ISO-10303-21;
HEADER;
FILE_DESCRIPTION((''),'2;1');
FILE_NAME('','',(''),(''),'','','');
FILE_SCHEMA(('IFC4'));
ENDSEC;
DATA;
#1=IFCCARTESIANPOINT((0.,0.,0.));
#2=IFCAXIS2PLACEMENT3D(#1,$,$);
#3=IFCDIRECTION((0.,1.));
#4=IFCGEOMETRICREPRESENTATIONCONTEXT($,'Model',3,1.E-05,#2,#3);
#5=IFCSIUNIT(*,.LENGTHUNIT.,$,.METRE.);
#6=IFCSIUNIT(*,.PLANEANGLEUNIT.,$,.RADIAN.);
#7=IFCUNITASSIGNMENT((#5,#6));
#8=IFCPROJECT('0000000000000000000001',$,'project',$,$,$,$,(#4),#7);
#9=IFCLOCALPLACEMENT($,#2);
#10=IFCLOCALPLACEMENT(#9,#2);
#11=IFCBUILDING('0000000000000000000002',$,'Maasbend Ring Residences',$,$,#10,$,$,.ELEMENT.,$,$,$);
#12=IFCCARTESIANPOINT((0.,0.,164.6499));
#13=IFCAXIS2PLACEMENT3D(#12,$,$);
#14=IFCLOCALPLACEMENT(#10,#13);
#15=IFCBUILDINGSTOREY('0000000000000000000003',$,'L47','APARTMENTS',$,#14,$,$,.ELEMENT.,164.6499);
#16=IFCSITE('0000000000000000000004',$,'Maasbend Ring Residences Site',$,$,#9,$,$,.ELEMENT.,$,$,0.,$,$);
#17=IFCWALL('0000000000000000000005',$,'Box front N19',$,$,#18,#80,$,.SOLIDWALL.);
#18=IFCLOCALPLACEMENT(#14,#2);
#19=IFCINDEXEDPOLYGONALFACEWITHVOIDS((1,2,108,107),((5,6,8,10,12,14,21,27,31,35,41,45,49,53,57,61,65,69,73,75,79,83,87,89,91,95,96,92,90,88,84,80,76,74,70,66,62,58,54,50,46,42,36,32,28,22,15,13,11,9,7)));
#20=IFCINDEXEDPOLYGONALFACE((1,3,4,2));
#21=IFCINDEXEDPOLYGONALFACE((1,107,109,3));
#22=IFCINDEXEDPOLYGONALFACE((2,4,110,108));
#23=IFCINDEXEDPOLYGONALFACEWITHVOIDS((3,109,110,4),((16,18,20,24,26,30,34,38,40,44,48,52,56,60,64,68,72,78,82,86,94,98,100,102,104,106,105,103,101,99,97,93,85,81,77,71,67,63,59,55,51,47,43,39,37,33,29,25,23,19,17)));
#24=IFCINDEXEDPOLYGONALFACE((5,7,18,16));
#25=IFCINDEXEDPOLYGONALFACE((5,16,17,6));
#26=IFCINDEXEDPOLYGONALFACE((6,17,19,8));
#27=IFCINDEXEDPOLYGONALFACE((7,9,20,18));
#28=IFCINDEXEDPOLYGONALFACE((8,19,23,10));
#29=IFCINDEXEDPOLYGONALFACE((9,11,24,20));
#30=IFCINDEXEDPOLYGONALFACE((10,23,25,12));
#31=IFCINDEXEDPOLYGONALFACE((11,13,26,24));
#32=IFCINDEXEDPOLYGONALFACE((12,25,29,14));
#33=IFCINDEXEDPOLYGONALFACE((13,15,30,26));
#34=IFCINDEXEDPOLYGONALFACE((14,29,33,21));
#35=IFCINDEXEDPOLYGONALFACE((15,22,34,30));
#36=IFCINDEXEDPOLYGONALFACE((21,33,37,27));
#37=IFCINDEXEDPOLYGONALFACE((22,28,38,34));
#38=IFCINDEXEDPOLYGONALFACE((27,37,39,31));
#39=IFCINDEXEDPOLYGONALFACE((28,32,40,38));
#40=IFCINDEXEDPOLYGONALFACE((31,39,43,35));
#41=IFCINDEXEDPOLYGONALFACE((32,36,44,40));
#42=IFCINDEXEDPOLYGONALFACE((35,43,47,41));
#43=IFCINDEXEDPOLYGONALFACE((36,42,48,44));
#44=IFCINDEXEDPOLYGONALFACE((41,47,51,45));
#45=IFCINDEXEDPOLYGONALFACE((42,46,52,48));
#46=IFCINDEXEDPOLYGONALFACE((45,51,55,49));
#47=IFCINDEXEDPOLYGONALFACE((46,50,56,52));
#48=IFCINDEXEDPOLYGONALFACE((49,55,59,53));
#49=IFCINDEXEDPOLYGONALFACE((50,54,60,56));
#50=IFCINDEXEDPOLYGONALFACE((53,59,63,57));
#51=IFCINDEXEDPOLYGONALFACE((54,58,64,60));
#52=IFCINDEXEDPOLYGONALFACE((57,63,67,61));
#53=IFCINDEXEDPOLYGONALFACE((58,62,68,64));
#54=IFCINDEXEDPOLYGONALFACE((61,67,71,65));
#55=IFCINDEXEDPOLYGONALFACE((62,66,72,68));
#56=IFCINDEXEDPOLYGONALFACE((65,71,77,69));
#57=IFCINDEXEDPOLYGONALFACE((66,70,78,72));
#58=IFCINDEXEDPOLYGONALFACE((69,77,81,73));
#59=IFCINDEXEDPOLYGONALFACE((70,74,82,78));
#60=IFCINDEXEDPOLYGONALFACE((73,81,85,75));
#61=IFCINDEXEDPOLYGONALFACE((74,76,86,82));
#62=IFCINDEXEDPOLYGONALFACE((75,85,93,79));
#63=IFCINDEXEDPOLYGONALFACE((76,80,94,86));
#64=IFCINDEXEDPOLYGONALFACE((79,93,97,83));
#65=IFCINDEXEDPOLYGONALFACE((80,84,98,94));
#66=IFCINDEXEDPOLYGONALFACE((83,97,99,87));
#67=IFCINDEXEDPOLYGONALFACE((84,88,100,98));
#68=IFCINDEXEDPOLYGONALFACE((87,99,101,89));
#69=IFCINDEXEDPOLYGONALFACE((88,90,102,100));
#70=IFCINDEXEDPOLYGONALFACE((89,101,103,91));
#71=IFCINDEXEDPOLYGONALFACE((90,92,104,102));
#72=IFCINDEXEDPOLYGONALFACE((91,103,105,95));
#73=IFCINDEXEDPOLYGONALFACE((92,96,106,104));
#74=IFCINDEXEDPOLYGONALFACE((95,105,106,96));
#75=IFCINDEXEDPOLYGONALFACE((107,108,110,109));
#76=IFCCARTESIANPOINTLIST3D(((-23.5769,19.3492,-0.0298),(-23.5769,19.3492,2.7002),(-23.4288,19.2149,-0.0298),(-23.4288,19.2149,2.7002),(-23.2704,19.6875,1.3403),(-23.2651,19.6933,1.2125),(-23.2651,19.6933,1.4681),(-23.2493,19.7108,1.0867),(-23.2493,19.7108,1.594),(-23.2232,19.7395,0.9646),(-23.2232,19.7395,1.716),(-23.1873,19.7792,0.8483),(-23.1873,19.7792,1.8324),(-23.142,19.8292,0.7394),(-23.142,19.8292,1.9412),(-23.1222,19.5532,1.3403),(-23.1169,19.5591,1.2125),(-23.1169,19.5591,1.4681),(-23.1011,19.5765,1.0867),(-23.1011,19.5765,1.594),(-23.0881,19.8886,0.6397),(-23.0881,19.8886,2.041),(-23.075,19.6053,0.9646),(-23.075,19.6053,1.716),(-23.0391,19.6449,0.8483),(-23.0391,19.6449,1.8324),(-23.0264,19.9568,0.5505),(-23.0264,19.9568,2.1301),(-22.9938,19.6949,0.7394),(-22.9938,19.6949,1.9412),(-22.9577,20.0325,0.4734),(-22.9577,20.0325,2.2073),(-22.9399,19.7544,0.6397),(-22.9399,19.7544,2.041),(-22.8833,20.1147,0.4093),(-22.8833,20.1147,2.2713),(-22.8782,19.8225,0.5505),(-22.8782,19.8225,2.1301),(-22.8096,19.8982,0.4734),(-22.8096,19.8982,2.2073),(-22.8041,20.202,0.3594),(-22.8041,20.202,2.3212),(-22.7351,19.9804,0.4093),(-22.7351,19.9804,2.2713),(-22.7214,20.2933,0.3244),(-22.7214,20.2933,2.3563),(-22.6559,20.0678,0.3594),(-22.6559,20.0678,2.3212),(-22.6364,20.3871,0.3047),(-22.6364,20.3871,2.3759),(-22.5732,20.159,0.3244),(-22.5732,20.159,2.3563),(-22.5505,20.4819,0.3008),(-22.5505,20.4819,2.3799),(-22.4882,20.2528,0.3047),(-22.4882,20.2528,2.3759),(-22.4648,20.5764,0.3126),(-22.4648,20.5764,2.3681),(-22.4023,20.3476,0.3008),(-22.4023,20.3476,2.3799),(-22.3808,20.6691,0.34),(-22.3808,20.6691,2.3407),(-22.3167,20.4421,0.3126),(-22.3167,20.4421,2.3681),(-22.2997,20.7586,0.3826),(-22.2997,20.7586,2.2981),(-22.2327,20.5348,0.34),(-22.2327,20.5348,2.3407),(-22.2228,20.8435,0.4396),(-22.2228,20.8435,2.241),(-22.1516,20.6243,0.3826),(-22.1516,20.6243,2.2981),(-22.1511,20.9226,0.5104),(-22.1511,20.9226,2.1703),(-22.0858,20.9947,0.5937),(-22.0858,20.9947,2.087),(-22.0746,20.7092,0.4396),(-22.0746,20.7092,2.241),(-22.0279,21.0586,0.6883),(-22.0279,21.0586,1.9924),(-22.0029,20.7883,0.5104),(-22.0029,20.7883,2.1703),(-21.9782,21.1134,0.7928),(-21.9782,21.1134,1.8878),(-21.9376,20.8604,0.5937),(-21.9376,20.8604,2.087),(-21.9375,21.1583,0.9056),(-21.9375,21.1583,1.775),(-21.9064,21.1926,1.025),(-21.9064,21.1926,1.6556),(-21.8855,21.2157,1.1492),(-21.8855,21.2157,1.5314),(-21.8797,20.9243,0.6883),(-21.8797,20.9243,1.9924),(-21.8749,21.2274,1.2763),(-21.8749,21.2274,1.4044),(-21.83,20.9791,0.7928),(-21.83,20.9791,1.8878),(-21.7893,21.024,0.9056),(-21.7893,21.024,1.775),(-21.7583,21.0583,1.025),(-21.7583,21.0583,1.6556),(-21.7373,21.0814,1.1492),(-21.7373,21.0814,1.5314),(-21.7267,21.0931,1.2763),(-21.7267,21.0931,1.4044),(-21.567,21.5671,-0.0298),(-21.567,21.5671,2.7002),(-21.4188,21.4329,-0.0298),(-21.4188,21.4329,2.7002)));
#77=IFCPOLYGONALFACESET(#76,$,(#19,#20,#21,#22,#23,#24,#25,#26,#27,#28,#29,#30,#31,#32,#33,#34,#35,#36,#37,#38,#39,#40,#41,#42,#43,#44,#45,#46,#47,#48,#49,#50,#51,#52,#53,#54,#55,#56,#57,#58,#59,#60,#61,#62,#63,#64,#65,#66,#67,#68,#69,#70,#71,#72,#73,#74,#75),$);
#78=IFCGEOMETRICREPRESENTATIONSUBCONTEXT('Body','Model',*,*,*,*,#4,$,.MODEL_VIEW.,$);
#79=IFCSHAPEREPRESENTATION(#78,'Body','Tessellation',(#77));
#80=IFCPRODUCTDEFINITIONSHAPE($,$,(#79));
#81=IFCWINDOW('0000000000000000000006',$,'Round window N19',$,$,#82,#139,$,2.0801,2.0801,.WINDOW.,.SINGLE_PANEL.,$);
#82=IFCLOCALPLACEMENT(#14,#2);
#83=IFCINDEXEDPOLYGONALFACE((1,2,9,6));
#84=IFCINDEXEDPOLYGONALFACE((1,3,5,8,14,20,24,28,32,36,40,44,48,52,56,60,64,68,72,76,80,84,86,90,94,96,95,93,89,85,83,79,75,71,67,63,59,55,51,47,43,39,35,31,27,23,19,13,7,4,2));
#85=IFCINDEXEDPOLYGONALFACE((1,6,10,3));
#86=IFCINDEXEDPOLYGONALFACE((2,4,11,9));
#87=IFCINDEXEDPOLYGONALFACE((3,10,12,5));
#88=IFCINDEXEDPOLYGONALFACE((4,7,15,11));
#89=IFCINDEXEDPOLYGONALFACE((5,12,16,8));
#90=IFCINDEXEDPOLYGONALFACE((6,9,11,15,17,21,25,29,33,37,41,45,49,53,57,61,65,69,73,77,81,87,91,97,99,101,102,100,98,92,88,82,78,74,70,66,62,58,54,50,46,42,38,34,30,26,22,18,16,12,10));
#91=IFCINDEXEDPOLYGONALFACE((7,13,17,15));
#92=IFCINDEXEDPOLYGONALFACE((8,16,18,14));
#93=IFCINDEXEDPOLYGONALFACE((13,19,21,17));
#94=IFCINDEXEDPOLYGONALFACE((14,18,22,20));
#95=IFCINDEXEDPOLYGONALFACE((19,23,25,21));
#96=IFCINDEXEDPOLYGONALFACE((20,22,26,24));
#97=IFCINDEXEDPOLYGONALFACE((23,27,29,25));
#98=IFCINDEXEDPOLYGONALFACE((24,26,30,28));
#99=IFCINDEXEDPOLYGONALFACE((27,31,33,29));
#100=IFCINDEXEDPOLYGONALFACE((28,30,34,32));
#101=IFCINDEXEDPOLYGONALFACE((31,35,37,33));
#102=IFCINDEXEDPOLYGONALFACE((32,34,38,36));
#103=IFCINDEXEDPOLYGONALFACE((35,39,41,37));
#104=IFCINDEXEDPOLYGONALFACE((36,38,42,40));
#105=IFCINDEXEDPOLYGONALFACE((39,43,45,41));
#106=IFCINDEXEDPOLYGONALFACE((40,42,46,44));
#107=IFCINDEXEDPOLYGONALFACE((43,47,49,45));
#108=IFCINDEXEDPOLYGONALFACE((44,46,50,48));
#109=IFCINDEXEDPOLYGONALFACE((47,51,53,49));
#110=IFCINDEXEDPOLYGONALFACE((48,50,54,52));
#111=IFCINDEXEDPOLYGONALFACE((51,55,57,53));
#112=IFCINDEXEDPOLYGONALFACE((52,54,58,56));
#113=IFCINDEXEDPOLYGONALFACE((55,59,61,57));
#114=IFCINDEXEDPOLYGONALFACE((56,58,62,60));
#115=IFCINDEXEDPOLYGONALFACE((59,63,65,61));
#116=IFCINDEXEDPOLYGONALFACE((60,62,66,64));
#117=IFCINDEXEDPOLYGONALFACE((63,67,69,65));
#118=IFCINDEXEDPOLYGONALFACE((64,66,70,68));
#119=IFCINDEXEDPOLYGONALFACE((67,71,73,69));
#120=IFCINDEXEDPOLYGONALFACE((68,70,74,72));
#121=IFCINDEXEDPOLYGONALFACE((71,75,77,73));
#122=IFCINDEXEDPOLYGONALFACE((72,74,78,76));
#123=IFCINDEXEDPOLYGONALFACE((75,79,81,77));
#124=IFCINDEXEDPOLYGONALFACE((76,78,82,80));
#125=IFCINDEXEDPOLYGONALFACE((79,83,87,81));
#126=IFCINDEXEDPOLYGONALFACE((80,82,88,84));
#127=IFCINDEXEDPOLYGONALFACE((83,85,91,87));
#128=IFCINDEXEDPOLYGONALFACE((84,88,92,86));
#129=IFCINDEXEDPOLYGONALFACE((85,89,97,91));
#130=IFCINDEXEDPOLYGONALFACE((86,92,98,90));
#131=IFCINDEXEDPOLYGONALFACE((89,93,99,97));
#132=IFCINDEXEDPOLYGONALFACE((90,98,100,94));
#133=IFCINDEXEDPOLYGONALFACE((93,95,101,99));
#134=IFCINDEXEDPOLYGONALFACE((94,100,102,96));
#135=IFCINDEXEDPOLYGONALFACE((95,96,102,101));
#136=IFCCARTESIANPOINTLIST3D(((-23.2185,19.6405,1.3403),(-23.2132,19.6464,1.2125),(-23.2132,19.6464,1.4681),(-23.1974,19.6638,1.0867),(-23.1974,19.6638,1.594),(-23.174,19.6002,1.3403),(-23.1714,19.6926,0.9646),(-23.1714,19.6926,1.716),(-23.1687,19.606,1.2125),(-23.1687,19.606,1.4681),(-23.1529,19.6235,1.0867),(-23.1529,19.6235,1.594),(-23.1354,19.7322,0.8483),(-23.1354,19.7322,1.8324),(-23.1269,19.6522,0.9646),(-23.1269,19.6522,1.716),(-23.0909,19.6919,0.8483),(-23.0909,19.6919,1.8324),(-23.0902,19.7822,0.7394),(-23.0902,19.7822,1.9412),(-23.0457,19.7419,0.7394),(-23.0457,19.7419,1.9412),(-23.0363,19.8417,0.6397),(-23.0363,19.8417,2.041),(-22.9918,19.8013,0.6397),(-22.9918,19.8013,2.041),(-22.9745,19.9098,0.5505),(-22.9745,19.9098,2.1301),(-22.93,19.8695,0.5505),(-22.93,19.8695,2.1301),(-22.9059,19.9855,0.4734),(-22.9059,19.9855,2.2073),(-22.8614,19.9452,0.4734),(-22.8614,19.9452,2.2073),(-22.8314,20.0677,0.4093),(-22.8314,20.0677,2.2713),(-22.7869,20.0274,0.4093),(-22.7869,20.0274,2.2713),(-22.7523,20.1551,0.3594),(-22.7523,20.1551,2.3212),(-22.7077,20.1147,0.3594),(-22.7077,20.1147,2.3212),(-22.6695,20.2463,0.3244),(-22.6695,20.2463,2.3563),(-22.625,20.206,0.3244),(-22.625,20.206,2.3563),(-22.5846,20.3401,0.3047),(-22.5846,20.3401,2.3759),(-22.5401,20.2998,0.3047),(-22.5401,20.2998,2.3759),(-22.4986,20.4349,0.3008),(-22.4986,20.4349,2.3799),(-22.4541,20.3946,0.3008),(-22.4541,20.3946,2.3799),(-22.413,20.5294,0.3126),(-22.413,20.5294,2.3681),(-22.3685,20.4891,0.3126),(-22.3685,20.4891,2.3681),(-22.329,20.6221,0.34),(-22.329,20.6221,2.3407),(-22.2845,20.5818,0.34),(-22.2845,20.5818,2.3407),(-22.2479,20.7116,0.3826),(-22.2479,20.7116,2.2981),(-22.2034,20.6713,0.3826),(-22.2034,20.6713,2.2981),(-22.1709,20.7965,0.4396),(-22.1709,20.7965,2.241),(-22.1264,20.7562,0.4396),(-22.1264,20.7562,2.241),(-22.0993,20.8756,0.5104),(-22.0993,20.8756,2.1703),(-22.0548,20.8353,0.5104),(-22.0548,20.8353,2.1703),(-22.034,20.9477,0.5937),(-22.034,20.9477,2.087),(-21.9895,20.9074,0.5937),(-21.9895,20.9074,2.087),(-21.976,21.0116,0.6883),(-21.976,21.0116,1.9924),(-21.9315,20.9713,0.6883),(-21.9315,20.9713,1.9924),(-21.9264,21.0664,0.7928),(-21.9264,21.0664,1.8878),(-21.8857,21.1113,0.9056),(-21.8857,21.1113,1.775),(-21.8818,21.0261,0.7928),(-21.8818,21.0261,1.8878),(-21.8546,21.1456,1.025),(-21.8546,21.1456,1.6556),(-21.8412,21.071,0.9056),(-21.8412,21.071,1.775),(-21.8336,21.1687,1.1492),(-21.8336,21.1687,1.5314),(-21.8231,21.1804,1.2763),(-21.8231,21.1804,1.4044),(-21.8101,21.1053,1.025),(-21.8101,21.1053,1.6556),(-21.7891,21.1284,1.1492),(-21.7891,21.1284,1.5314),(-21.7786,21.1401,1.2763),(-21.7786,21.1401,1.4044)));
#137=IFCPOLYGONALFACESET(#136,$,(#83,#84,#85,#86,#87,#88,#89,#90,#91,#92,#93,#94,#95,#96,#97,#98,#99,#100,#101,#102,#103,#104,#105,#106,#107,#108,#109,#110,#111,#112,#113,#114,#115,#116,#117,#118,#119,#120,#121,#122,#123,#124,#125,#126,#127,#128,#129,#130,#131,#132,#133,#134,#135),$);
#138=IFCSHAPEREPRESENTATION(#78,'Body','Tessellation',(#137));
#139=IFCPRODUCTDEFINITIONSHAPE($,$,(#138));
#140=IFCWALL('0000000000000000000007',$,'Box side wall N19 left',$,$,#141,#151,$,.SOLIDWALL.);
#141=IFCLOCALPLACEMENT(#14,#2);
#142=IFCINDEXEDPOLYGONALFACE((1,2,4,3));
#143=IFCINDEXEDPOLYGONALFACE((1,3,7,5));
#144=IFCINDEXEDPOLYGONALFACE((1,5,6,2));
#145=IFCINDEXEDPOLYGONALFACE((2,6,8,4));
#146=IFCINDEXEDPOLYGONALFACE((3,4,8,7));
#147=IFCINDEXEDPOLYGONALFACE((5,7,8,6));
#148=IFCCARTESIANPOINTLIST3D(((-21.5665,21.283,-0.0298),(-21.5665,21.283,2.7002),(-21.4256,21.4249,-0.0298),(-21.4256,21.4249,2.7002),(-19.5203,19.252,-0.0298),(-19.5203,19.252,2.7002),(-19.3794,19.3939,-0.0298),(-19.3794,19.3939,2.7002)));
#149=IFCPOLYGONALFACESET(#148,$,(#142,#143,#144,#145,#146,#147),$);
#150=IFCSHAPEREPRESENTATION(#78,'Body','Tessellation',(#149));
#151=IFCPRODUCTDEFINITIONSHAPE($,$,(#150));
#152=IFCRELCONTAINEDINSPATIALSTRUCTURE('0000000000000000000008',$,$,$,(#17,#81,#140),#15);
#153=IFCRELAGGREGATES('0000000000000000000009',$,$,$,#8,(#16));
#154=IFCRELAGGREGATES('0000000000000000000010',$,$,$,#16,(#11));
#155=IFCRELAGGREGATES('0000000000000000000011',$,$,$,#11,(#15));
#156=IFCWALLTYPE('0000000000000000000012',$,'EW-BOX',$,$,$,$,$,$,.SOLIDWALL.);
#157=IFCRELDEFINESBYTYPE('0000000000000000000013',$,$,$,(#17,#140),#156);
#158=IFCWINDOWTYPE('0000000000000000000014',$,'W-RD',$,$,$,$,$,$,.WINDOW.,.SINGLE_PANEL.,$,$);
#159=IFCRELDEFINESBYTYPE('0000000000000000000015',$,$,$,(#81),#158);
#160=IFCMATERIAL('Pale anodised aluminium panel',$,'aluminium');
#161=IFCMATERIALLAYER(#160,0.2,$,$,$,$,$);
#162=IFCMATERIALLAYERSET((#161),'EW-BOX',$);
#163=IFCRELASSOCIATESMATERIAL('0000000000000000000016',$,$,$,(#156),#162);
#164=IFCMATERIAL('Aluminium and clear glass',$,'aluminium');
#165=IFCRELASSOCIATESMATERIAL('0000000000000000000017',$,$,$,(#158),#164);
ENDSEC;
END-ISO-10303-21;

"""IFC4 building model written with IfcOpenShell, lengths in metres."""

from ifc_helpers import new_model, si_unit, direction, frame, frame_2d, origin, place, context, subcontext, project, spatial, rectangle, circle, extrude, material, layer, layer_set, type_object, element, fill, save


model = new_model("IFC4")

# Units and contexts
model_context = context("Model", 3, precision=1e-05, world=origin(), true_north=direction((0.0, 1.0)))
body_context = subcontext(model_context, "Body", "Model", "MODEL_VIEW")
ifc_project = project(units=[si_unit("LENGTHUNIT", "METRE"), si_unit("PLANEANGLEUNIT", "RADIAN")], contexts=[model_context])

# Site, building, storey
site_placement = place(None, origin())
site = spatial("IfcSite", under=ifc_project, at=site_placement, Name="Maasbend Ring Residences Site", CompositionType="ELEMENT", RefElevation=0.0)
building_placement = place(site_placement, origin())
building = spatial("IfcBuilding", under=site, at=building_placement, Name="Maasbend Ring Residences", CompositionType="ELEMENT")
storey_placement = place(building_placement, frame((0.0, 0.0, 164.6499)))
storey = spatial("IfcBuildingStorey", under=building, at=storey_placement, Name="L47", Description="APARTMENTS", CompositionType="ELEMENT", Elevation=164.6499)

# Shared definitions
ifc_material_1 = material(Name="Pale anodised aluminium panel", Category="aluminium")
ifc_layer_1 = layer(ifc_material_1, 0.2)
ifc_layer_set_1 = layer_set([ifc_layer_1], Name="EW-BOX")
wall_type_1 = type_object("IfcWallType", Name="EW-BOX", PredefinedType="SOLIDWALL", material=ifc_layer_set_1)

# Shared definitions
ifc_material_2 = material(Name="Aluminium and clear glass", Category="aluminium")
window_type_1 = type_object("IfcWindowType", Name="W-RD", PartitioningType="SINGLE_PANEL", PredefinedType="WINDOW", material=ifc_material_2)

# Wall, opening, window
wall_1_placement = place(storey_placement, frame((-21.4929, 21.5, -0.0298), z_axis=(0.0, 0.0, 1.0), x_axis=(-0.671507, -0.740998, 0.0)))
wall_1 = element("IfcWall", 1, at=wall_1_placement, inside=storey, type_object=wall_type_1, Name="Box front N19", PredefinedType="SOLIDWALL", context=body_context, shape_type="SweptSolid", body=[
    extrude(rectangle(XDim=2.9932, YDim=0.2, at=frame_2d((1.4966, 0.0))), origin(), (0.0, 0.0, 1.0), 2.73),
])
opening_1_placement = place(wall_1_placement, frame((0.4565, 0.0, 0.3301)))
opening_1 = element("IfcOpeningElement", 2, at=opening_1_placement, cuts=wall_1, PredefinedType="OPENING", context=body_context, shape_type="SweptSolid", body=[
    extrude(circle(Radius=1.04, at=frame_2d((1.04, 1.04))), frame((0.0, 0.1099, 0.0), z_axis=(0.0, -1.0, 0.0), x_axis=(1.0, 0.0, 0.0)), (0.0, 0.0, 1.0), 0.22),
])
window_1_placement = place(opening_1_placement, origin())
window_1 = element("IfcWindow", 3, at=window_1_placement, inside=storey, type_object=window_type_1, Name="Round window N19", OverallHeight=2.0801, OverallWidth=2.0801, PartitioningType="SINGLE_PANEL", PredefinedType="WINDOW", context=body_context, shape_type="SweptSolid", body=[
    extrude(circle(Radius=1.04, at=frame_2d((1.04, 1.04))), frame((0.0, 0.03, 0.0), z_axis=(0.0, -1.0, 0.0), x_axis=(1.0, 0.0, 0.0)), (0.0, 0.0, 1.0), 0.0601),
])
fill(opening_1, window_1)

# Wall
wall_2_placement = place(storey_placement, frame((-19.45, 19.323, -0.0298), z_axis=(0.0, 0.0, 1.0), x_axis=(-0.709727, 0.704477, 0.0)))
element("IfcWall", 4, at=wall_2_placement, inside=storey, type_object=wall_type_1, Name="Box side wall N19 left", PredefinedType="SOLIDWALL", context=body_context, shape_type="SweptSolid", body=[
    extrude(rectangle(XDim=2.8831, YDim=0.2, at=frame_2d((1.4414, 0.0))), origin(), (0.0, 0.0, 1.0), 2.73),
])

save(model, "model.ifc")
